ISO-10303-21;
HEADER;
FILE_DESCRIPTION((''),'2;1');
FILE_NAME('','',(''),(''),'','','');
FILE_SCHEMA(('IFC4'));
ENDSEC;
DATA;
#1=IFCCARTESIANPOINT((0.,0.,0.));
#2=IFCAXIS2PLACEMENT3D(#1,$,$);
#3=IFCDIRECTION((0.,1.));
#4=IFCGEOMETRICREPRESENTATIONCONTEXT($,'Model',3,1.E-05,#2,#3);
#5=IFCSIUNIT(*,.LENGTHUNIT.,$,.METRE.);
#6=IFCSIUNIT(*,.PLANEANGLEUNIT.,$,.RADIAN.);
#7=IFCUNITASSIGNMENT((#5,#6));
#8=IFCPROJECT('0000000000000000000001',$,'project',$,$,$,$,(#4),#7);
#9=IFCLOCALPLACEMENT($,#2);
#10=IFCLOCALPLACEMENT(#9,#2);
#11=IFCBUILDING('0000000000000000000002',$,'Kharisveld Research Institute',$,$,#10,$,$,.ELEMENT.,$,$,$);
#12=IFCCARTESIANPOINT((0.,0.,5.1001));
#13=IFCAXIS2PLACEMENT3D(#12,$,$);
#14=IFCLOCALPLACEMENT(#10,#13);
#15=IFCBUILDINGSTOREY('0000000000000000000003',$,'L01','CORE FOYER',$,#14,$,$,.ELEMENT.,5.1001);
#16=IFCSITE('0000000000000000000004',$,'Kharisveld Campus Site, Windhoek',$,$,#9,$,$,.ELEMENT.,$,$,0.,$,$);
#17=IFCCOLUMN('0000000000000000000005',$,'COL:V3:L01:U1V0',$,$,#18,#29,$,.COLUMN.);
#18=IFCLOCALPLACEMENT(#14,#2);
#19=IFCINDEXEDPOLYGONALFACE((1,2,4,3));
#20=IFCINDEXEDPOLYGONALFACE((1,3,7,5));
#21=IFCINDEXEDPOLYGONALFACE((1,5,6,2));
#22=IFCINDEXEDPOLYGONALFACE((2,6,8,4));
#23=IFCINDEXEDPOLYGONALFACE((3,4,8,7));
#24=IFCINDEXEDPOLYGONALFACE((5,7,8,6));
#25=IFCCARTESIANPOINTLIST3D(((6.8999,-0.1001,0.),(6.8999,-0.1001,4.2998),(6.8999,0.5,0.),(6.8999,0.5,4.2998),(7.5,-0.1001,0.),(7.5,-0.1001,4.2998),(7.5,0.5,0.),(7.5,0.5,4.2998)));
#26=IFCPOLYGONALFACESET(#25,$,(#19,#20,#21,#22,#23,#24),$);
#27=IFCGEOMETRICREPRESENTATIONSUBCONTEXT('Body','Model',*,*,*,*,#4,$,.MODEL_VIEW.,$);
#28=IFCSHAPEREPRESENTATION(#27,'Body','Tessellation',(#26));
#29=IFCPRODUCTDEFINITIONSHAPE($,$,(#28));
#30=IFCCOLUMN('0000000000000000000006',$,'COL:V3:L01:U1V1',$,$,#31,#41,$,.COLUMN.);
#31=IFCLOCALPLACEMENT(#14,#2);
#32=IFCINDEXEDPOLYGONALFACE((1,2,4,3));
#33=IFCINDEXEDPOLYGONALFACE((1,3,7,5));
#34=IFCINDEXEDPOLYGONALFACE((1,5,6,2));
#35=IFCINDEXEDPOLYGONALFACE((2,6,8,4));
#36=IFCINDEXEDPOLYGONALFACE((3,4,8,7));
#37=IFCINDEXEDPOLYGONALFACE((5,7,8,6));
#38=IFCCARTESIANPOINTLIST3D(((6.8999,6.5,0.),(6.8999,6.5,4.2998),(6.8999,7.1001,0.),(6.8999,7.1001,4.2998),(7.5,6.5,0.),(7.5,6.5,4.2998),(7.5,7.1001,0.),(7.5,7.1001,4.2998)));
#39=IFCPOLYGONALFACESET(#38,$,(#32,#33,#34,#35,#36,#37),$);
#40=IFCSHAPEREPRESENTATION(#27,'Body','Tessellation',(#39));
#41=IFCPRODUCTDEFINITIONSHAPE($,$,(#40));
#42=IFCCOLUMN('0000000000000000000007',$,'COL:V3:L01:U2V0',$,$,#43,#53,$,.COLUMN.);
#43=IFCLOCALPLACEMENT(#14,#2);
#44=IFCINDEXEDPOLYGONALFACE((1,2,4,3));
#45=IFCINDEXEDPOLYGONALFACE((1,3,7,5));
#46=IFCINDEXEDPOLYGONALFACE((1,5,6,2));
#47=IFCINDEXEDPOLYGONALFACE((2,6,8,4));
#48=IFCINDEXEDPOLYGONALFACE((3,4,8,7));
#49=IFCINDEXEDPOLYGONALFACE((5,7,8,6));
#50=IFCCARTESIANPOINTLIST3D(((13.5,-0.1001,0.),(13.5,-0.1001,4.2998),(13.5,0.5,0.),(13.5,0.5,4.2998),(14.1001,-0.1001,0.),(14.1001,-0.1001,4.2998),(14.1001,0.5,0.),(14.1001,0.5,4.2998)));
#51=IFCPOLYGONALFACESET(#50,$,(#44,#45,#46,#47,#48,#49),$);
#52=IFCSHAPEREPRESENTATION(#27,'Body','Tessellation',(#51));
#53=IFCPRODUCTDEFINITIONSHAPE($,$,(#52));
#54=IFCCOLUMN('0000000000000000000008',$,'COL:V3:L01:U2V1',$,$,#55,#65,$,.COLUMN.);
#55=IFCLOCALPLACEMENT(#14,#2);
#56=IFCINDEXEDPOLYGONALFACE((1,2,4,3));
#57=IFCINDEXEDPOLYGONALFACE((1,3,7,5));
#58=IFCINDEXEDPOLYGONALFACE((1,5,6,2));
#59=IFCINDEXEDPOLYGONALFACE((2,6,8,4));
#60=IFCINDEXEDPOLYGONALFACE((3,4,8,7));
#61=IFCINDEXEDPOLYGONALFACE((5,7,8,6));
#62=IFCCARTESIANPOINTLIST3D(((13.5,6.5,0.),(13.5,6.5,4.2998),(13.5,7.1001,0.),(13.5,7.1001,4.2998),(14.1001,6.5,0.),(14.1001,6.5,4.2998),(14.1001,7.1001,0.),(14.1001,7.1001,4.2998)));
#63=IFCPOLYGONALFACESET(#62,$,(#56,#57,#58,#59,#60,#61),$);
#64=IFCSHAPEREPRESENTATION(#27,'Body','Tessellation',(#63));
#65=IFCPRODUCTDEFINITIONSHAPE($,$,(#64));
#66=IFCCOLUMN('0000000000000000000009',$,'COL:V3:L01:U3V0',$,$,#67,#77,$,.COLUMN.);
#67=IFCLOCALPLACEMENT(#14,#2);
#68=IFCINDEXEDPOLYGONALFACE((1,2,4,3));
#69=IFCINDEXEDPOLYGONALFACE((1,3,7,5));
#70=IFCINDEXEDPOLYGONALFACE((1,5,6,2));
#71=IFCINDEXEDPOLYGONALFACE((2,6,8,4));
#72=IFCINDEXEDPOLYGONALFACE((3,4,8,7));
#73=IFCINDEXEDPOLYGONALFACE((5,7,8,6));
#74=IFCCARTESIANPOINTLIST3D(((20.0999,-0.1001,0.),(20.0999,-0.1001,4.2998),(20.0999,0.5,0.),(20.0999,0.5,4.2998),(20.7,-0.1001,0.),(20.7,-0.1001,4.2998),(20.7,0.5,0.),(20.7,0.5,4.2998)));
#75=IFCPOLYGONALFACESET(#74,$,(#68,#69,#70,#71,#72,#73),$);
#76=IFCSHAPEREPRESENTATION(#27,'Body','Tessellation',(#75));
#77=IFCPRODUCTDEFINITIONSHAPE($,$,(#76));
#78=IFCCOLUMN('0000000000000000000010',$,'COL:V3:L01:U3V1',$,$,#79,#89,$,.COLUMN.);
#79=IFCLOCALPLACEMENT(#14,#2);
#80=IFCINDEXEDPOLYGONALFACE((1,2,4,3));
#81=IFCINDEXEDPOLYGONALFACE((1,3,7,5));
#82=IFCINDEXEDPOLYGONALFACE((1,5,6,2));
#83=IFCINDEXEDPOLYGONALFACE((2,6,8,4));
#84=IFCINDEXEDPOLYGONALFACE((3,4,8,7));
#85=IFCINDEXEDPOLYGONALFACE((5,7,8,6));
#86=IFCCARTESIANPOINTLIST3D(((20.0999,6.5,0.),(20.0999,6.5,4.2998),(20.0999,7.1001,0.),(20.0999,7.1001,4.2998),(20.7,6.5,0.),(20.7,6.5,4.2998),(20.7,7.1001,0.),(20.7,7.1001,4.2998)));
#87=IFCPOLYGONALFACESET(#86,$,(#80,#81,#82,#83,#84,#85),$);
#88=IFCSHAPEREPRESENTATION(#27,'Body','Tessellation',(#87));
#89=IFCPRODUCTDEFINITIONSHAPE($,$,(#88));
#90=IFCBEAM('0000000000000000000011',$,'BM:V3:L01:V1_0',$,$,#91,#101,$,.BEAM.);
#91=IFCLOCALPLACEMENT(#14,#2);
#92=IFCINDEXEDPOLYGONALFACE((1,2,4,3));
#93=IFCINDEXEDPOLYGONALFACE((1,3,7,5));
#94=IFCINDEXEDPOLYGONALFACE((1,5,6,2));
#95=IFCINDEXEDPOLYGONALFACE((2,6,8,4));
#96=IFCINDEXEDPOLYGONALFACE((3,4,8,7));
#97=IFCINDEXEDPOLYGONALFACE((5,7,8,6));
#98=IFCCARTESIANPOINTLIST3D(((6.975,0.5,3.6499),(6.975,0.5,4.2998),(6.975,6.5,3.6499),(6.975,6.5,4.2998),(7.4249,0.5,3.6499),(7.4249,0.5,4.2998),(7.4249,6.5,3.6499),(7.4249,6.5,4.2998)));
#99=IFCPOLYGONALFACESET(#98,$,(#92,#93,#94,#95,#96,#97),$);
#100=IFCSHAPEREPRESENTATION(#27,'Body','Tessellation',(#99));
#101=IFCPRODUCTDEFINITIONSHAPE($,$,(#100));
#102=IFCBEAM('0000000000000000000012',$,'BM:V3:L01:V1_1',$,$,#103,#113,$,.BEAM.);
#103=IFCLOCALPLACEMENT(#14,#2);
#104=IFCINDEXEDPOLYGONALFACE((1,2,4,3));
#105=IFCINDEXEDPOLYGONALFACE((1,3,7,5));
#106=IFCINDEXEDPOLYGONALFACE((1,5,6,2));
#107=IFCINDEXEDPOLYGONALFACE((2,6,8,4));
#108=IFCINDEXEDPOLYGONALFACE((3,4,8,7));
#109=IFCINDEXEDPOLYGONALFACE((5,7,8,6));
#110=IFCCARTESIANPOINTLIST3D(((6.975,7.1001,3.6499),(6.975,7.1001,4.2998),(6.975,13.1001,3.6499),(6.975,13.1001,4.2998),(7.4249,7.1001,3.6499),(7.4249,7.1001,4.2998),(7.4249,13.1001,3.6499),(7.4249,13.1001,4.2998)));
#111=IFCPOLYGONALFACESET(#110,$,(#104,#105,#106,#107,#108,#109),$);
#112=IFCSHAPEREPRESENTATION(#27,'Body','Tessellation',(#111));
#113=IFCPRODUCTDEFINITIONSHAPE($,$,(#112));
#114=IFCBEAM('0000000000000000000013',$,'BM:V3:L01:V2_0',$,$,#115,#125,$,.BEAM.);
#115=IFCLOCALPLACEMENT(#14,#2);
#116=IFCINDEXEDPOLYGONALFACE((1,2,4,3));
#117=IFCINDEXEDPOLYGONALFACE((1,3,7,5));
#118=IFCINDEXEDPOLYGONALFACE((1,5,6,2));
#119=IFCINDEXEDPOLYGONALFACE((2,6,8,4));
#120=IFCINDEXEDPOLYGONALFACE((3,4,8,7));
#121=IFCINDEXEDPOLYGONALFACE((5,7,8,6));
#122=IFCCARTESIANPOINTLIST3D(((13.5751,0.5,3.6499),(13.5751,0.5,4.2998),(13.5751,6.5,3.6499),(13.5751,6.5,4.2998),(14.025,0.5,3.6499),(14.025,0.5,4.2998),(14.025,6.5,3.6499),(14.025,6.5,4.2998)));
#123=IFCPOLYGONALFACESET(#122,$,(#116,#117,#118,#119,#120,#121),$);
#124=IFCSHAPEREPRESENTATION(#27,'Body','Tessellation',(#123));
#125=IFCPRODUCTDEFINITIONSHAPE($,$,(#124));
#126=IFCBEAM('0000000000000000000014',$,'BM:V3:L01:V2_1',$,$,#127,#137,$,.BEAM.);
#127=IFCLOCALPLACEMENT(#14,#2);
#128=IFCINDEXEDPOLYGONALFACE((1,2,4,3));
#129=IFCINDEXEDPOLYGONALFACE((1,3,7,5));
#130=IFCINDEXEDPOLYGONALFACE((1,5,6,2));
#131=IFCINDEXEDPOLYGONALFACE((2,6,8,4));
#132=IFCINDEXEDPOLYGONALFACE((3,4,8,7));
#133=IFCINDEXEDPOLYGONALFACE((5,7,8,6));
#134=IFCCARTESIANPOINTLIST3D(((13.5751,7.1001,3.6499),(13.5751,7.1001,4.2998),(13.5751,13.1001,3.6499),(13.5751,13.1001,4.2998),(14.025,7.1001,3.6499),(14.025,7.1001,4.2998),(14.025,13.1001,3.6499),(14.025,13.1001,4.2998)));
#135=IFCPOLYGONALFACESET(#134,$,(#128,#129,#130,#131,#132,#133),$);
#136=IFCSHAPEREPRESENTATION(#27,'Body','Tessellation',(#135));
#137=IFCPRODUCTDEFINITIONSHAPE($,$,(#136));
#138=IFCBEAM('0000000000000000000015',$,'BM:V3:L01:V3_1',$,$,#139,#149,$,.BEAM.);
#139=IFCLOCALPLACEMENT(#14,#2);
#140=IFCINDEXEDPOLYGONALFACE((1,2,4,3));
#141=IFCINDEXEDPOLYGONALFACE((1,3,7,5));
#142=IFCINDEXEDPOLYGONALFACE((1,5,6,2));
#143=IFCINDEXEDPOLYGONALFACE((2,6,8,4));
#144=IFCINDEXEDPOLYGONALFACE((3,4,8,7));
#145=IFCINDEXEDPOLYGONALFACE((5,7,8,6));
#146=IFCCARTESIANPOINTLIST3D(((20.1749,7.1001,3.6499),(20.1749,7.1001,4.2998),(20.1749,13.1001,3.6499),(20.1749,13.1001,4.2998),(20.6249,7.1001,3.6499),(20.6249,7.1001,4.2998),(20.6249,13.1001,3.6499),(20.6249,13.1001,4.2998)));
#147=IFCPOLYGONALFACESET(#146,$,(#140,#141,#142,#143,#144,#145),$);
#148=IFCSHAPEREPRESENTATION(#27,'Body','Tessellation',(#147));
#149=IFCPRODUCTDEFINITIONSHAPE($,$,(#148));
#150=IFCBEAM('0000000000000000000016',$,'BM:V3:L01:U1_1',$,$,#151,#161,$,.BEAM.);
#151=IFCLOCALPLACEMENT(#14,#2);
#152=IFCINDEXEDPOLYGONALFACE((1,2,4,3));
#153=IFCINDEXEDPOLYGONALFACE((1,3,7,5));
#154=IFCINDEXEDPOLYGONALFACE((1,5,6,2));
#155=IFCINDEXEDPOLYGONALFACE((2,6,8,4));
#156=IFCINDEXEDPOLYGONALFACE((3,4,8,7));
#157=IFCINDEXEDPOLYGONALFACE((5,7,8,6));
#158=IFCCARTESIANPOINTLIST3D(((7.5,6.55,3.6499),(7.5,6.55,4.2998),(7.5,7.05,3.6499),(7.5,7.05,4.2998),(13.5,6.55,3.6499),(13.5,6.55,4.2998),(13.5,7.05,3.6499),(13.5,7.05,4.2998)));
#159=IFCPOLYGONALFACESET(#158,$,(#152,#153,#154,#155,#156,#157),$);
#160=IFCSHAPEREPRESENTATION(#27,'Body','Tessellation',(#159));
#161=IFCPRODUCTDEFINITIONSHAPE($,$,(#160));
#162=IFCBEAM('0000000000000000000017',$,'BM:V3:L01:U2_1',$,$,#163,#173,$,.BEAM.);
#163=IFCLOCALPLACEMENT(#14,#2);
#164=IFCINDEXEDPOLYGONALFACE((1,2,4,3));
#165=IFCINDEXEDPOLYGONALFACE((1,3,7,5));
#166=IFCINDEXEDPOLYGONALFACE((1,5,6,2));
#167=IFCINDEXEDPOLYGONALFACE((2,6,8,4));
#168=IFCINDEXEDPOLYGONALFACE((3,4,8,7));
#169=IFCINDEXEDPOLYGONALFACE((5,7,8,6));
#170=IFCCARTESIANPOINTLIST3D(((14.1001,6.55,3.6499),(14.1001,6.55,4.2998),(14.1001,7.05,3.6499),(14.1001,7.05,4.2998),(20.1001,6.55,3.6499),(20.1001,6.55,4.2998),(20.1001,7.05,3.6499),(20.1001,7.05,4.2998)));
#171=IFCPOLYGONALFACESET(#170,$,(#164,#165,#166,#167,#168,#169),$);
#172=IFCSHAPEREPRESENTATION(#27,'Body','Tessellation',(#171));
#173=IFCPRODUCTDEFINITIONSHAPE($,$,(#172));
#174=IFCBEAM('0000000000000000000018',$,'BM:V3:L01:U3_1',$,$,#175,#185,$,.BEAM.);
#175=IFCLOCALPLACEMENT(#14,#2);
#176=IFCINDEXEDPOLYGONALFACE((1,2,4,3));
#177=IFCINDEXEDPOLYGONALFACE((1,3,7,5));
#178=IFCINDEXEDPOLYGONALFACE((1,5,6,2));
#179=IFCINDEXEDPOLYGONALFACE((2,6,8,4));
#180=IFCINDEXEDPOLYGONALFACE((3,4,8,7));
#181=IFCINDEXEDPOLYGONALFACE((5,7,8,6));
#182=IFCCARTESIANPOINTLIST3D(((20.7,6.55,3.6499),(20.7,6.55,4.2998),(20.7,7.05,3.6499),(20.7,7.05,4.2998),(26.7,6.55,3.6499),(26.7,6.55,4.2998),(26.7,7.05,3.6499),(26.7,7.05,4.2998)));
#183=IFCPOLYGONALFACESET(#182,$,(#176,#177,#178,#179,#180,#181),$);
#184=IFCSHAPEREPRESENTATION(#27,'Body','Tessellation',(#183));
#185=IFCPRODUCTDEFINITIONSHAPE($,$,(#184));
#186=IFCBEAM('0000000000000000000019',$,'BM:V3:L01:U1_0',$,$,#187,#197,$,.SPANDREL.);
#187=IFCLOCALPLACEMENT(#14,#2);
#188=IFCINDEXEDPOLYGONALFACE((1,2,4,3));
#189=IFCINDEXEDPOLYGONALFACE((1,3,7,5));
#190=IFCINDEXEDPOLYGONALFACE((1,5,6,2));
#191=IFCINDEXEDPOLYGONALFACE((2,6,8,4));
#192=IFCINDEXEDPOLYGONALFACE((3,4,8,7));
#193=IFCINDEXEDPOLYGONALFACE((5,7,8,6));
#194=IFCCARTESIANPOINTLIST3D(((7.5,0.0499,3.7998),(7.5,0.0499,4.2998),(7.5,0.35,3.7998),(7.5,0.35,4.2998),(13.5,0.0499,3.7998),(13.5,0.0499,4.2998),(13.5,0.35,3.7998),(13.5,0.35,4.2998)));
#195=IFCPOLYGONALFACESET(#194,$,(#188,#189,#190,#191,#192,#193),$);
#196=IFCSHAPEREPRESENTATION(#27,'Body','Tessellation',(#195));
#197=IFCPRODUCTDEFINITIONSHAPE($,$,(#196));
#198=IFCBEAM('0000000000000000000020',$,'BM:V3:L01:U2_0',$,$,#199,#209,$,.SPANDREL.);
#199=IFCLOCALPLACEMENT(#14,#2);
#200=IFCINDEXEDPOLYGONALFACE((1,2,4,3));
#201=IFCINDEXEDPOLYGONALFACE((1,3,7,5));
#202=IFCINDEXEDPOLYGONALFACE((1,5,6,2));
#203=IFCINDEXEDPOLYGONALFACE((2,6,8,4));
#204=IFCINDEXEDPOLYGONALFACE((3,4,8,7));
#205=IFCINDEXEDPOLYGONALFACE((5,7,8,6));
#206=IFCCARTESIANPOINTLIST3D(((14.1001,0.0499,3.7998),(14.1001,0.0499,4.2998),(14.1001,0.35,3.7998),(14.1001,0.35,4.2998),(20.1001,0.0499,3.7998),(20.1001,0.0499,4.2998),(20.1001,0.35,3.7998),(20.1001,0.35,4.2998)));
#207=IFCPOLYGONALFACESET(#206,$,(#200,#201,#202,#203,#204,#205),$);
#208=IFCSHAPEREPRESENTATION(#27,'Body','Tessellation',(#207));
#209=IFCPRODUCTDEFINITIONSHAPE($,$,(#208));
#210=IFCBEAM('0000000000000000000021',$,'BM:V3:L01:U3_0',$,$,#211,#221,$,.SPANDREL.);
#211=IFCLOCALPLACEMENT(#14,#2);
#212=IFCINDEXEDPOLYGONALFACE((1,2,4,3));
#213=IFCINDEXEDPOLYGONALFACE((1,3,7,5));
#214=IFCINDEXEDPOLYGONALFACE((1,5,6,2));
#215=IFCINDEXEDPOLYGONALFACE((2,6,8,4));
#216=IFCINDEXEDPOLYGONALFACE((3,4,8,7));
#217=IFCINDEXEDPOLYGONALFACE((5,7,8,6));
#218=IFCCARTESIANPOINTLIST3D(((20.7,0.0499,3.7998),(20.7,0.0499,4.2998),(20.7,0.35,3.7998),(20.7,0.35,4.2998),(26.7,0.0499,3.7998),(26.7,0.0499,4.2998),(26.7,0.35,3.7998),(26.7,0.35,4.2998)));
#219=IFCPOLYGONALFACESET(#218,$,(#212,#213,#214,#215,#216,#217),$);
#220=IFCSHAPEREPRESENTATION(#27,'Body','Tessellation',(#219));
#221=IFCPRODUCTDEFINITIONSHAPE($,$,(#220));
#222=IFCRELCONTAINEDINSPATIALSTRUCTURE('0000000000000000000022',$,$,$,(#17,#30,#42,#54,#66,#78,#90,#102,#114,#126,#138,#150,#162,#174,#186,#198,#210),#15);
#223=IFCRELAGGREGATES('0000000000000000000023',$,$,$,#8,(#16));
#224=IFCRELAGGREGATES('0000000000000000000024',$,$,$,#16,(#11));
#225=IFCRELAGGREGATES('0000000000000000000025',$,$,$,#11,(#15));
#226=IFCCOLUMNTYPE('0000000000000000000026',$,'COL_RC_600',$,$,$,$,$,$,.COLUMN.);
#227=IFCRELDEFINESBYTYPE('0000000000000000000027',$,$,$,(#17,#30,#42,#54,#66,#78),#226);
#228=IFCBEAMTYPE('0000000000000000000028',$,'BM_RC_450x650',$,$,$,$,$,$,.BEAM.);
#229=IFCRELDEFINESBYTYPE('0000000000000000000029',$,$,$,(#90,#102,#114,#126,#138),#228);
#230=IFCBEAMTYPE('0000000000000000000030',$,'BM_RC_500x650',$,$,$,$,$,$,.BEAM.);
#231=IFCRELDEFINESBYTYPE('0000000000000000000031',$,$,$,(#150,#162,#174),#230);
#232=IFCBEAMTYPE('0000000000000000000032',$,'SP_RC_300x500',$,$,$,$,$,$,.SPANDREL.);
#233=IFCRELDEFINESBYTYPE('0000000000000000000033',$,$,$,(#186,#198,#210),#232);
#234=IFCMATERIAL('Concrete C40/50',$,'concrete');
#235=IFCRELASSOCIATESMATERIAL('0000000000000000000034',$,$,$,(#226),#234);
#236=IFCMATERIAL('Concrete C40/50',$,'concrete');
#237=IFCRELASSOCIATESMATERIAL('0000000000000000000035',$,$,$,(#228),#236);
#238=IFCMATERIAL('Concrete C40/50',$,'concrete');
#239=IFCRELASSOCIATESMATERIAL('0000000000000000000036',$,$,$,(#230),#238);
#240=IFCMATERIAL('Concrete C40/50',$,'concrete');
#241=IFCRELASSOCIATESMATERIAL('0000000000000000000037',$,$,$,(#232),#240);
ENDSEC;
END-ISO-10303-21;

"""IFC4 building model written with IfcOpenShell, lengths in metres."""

from ifc_helpers import new_model, si_unit, direction, frame, origin, origin_2d, place, context, subcontext, project, spatial, rectangle, extrude, material, material_profile, profile_set, type_object, element, save


model = new_model("IFC4")

# Units and contexts
model_context = context("Model", 3, precision=1e-05, world=origin(), true_north=direction((0.0, 1.0)))
body_context = subcontext(model_context, "Body", "Model", "MODEL_VIEW")
ifc_project = project(units=[si_unit("LENGTHUNIT", "METRE"), si_unit("PLANEANGLEUNIT", "RADIAN")], contexts=[model_context])

# Site, building, storey
site_placement = place(None, origin())
site = spatial("IfcSite", under=ifc_project, at=site_placement, Name="Kharisveld Campus Site, Windhoek", CompositionType="ELEMENT", RefElevation=0.0)
building_placement = place(site_placement, origin())
building = spatial("IfcBuilding", under=site, at=building_placement, Name="Kharisveld Research Institute", CompositionType="ELEMENT")
storey_placement = place(building_placement, frame((0.0, 0.0, 5.1001)))
storey = spatial("IfcBuildingStorey", under=building, at=storey_placement, Name="L01", Description="CORE FOYER", CompositionType="ELEMENT", Elevation=5.1001)

# Columns
ifc_material_1 = material(Name="Concrete C40/50", Category="concrete")
ifc_material_profile_1 = material_profile(ifc_material_1, rectangle(XDim=0.6001, YDim=0.6001, at=origin_2d()))
ifc_profile_set_1 = profile_set([ifc_material_profile_1], Name="Concrete C40/50")
column_type = type_object("IfcColumnType", Name="COL_RC_600", PredefinedType="COLUMN", material=ifc_profile_set_1)
for number, where, z_axis, x_axis, name in (
    (1, (7.2, 0.2, 0.0), (0.0, 0.0, 1.0), (1.0, 0.0, 0.0), "COL:V3:L01:U1V0"),
    (2, (7.2, 6.8, 0.0), (0.0, 0.0, 1.0), (1.0, 0.0, 0.0), "COL:V3:L01:U1V1"),
    (3, (13.8, 0.2, 0.0), (0.0, 0.0, 1.0), (1.0, 0.0, 0.0), "COL:V3:L01:U2V0"),
    (4, (13.8, 6.8, 0.0), (0.0, 0.0, 1.0), (1.0, 0.0, 0.0), "COL:V3:L01:U2V1"),
    (5, (20.3999, 0.2, 0.0), (0.0, 0.0, 1.0), (1.0, 0.0, 0.0), "COL:V3:L01:U3V0"),
    (6, (20.3999, 6.8, 0.0), (0.0, 0.0, 1.0), (1.0, 0.0, 0.0), "COL:V3:L01:U3V1"),
):
    element("IfcColumn", number, at=place(storey_placement, frame(where, z_axis=z_axis, x_axis=x_axis)), inside=storey, type_object=column_type, Name=name, PredefinedType="COLUMN", context=body_context, shape_type="SweptSolid", body=[
        extrude(rectangle(XDim=0.6001, YDim=0.6001, at=origin_2d()), origin(), (0.0, 0.0, 1.0), 4.2998),
    ])

# Beams
ifc_material_2 = material(Name="Concrete C40/50", Category="concrete")
ifc_material_profile_2 = material_profile(ifc_material_2, rectangle(XDim=0.45, YDim=0.6499, at=origin_2d()))
ifc_profile_set_2 = profile_set([ifc_material_profile_2], Name="Concrete C40/50")
beam_type_1 = type_object("IfcBeamType", Name="BM_RC_450x650", PredefinedType="BEAM", material=ifc_profile_set_2)
for number, where, z_axis, x_axis, name in (
    (7, (7.2, 0.5, 3.9749), (0.0, 1.0, 0.0), (-1.0, 0.0, 0.0), "BM:V3:L01:V1_0"),
    (8, (7.2, 7.1001, 3.9749), (0.0, 1.0, 0.0), (-1.0, 0.0, 0.0), "BM:V3:L01:V1_1"),
    (9, (13.8, 0.5, 3.9749), (0.0, 1.0, 0.0), (-1.0, 0.0, 0.0), "BM:V3:L01:V2_0"),
    (10, (13.8, 7.1001, 3.9749), (0.0, 1.0, 0.0), (-1.0, 0.0, 0.0), "BM:V3:L01:V2_1"),
    (11, (20.3999, 7.1001, 3.9749), (0.0, 1.0, 0.0), (-1.0, 0.0, 0.0), "BM:V3:L01:V3_1"),
):
    element("IfcBeam", number, at=place(storey_placement, frame(where, z_axis=z_axis, x_axis=x_axis)), inside=storey, type_object=beam_type_1, Name=name, PredefinedType="BEAM", context=body_context, shape_type="SweptSolid", body=[
        extrude(rectangle(XDim=0.45, YDim=0.6499, at=origin_2d()), origin(), (0.0, 0.0, 1.0), 6.0),
    ])
ifc_material_3 = material(Name="Concrete C40/50", Category="concrete")
ifc_material_profile_3 = material_profile(ifc_material_3, rectangle(XDim=0.5, YDim=0.6499, at=origin_2d()))
ifc_profile_set_3 = profile_set([ifc_material_profile_3], Name="Concrete C40/50")
beam_type_2 = type_object("IfcBeamType", Name="BM_RC_500x650", PredefinedType="BEAM", material=ifc_profile_set_3)
for number, where, z_axis, x_axis, name in (
    (12, (7.5, 6.8, 3.9749), (1.0, 0.0, 0.0), (0.0, 1.0, 0.0), "BM:V3:L01:U1_1"),
    (13, (14.1001, 6.8, 3.9749), (1.0, 0.0, 0.0), (0.0, 1.0, 0.0), "BM:V3:L01:U2_1"),
    (14, (20.7, 6.8, 3.9749), (1.0, 0.0, 0.0), (0.0, 1.0, 0.0), "BM:V3:L01:U3_1"),
):
    element("IfcBeam", number, at=place(storey_placement, frame(where, z_axis=z_axis, x_axis=x_axis)), inside=storey, type_object=beam_type_2, Name=name, PredefinedType="BEAM", context=body_context, shape_type="SweptSolid", body=[
        extrude(rectangle(XDim=0.5, YDim=0.6499, at=origin_2d()), origin(), (0.0, 0.0, 1.0), 6.0),
    ])
ifc_material_4 = material(Name="Concrete C40/50", Category="concrete")
ifc_material_profile_4 = material_profile(ifc_material_4, rectangle(XDim=0.3, YDim=0.5, at=origin_2d()))
ifc_profile_set_4 = profile_set([ifc_material_profile_4], Name="Concrete C40/50")
beam_type_3 = type_object("IfcBeamType", Name="SP_RC_300x500", PredefinedType="SPANDREL", material=ifc_profile_set_4)
for number, where, z_axis, x_axis, name in (
    (15, (7.5, 0.2, 4.0498), (1.0, 0.0, 0.0), (0.0, 1.0, 0.0), "BM:V3:L01:U1_0"),
    (16, (14.1001, 0.2, 4.0498), (1.0, 0.0, 0.0), (0.0, 1.0, 0.0), "BM:V3:L01:U2_0"),
    (17, (20.7, 0.2, 4.0498), (1.0, 0.0, 0.0), (0.0, 1.0, 0.0), "BM:V3:L01:U3_0"),
):
    element("IfcBeam", number, at=place(storey_placement, frame(where, z_axis=z_axis, x_axis=x_axis)), inside=storey, type_object=beam_type_3, Name=name, PredefinedType="SPANDREL", context=body_context, shape_type="SweptSolid", body=[
        extrude(rectangle(XDim=0.3, YDim=0.5, at=origin_2d()), origin(), (0.0, 0.0, 1.0), 6.0),
    ])

save(model, "model.ifc")
